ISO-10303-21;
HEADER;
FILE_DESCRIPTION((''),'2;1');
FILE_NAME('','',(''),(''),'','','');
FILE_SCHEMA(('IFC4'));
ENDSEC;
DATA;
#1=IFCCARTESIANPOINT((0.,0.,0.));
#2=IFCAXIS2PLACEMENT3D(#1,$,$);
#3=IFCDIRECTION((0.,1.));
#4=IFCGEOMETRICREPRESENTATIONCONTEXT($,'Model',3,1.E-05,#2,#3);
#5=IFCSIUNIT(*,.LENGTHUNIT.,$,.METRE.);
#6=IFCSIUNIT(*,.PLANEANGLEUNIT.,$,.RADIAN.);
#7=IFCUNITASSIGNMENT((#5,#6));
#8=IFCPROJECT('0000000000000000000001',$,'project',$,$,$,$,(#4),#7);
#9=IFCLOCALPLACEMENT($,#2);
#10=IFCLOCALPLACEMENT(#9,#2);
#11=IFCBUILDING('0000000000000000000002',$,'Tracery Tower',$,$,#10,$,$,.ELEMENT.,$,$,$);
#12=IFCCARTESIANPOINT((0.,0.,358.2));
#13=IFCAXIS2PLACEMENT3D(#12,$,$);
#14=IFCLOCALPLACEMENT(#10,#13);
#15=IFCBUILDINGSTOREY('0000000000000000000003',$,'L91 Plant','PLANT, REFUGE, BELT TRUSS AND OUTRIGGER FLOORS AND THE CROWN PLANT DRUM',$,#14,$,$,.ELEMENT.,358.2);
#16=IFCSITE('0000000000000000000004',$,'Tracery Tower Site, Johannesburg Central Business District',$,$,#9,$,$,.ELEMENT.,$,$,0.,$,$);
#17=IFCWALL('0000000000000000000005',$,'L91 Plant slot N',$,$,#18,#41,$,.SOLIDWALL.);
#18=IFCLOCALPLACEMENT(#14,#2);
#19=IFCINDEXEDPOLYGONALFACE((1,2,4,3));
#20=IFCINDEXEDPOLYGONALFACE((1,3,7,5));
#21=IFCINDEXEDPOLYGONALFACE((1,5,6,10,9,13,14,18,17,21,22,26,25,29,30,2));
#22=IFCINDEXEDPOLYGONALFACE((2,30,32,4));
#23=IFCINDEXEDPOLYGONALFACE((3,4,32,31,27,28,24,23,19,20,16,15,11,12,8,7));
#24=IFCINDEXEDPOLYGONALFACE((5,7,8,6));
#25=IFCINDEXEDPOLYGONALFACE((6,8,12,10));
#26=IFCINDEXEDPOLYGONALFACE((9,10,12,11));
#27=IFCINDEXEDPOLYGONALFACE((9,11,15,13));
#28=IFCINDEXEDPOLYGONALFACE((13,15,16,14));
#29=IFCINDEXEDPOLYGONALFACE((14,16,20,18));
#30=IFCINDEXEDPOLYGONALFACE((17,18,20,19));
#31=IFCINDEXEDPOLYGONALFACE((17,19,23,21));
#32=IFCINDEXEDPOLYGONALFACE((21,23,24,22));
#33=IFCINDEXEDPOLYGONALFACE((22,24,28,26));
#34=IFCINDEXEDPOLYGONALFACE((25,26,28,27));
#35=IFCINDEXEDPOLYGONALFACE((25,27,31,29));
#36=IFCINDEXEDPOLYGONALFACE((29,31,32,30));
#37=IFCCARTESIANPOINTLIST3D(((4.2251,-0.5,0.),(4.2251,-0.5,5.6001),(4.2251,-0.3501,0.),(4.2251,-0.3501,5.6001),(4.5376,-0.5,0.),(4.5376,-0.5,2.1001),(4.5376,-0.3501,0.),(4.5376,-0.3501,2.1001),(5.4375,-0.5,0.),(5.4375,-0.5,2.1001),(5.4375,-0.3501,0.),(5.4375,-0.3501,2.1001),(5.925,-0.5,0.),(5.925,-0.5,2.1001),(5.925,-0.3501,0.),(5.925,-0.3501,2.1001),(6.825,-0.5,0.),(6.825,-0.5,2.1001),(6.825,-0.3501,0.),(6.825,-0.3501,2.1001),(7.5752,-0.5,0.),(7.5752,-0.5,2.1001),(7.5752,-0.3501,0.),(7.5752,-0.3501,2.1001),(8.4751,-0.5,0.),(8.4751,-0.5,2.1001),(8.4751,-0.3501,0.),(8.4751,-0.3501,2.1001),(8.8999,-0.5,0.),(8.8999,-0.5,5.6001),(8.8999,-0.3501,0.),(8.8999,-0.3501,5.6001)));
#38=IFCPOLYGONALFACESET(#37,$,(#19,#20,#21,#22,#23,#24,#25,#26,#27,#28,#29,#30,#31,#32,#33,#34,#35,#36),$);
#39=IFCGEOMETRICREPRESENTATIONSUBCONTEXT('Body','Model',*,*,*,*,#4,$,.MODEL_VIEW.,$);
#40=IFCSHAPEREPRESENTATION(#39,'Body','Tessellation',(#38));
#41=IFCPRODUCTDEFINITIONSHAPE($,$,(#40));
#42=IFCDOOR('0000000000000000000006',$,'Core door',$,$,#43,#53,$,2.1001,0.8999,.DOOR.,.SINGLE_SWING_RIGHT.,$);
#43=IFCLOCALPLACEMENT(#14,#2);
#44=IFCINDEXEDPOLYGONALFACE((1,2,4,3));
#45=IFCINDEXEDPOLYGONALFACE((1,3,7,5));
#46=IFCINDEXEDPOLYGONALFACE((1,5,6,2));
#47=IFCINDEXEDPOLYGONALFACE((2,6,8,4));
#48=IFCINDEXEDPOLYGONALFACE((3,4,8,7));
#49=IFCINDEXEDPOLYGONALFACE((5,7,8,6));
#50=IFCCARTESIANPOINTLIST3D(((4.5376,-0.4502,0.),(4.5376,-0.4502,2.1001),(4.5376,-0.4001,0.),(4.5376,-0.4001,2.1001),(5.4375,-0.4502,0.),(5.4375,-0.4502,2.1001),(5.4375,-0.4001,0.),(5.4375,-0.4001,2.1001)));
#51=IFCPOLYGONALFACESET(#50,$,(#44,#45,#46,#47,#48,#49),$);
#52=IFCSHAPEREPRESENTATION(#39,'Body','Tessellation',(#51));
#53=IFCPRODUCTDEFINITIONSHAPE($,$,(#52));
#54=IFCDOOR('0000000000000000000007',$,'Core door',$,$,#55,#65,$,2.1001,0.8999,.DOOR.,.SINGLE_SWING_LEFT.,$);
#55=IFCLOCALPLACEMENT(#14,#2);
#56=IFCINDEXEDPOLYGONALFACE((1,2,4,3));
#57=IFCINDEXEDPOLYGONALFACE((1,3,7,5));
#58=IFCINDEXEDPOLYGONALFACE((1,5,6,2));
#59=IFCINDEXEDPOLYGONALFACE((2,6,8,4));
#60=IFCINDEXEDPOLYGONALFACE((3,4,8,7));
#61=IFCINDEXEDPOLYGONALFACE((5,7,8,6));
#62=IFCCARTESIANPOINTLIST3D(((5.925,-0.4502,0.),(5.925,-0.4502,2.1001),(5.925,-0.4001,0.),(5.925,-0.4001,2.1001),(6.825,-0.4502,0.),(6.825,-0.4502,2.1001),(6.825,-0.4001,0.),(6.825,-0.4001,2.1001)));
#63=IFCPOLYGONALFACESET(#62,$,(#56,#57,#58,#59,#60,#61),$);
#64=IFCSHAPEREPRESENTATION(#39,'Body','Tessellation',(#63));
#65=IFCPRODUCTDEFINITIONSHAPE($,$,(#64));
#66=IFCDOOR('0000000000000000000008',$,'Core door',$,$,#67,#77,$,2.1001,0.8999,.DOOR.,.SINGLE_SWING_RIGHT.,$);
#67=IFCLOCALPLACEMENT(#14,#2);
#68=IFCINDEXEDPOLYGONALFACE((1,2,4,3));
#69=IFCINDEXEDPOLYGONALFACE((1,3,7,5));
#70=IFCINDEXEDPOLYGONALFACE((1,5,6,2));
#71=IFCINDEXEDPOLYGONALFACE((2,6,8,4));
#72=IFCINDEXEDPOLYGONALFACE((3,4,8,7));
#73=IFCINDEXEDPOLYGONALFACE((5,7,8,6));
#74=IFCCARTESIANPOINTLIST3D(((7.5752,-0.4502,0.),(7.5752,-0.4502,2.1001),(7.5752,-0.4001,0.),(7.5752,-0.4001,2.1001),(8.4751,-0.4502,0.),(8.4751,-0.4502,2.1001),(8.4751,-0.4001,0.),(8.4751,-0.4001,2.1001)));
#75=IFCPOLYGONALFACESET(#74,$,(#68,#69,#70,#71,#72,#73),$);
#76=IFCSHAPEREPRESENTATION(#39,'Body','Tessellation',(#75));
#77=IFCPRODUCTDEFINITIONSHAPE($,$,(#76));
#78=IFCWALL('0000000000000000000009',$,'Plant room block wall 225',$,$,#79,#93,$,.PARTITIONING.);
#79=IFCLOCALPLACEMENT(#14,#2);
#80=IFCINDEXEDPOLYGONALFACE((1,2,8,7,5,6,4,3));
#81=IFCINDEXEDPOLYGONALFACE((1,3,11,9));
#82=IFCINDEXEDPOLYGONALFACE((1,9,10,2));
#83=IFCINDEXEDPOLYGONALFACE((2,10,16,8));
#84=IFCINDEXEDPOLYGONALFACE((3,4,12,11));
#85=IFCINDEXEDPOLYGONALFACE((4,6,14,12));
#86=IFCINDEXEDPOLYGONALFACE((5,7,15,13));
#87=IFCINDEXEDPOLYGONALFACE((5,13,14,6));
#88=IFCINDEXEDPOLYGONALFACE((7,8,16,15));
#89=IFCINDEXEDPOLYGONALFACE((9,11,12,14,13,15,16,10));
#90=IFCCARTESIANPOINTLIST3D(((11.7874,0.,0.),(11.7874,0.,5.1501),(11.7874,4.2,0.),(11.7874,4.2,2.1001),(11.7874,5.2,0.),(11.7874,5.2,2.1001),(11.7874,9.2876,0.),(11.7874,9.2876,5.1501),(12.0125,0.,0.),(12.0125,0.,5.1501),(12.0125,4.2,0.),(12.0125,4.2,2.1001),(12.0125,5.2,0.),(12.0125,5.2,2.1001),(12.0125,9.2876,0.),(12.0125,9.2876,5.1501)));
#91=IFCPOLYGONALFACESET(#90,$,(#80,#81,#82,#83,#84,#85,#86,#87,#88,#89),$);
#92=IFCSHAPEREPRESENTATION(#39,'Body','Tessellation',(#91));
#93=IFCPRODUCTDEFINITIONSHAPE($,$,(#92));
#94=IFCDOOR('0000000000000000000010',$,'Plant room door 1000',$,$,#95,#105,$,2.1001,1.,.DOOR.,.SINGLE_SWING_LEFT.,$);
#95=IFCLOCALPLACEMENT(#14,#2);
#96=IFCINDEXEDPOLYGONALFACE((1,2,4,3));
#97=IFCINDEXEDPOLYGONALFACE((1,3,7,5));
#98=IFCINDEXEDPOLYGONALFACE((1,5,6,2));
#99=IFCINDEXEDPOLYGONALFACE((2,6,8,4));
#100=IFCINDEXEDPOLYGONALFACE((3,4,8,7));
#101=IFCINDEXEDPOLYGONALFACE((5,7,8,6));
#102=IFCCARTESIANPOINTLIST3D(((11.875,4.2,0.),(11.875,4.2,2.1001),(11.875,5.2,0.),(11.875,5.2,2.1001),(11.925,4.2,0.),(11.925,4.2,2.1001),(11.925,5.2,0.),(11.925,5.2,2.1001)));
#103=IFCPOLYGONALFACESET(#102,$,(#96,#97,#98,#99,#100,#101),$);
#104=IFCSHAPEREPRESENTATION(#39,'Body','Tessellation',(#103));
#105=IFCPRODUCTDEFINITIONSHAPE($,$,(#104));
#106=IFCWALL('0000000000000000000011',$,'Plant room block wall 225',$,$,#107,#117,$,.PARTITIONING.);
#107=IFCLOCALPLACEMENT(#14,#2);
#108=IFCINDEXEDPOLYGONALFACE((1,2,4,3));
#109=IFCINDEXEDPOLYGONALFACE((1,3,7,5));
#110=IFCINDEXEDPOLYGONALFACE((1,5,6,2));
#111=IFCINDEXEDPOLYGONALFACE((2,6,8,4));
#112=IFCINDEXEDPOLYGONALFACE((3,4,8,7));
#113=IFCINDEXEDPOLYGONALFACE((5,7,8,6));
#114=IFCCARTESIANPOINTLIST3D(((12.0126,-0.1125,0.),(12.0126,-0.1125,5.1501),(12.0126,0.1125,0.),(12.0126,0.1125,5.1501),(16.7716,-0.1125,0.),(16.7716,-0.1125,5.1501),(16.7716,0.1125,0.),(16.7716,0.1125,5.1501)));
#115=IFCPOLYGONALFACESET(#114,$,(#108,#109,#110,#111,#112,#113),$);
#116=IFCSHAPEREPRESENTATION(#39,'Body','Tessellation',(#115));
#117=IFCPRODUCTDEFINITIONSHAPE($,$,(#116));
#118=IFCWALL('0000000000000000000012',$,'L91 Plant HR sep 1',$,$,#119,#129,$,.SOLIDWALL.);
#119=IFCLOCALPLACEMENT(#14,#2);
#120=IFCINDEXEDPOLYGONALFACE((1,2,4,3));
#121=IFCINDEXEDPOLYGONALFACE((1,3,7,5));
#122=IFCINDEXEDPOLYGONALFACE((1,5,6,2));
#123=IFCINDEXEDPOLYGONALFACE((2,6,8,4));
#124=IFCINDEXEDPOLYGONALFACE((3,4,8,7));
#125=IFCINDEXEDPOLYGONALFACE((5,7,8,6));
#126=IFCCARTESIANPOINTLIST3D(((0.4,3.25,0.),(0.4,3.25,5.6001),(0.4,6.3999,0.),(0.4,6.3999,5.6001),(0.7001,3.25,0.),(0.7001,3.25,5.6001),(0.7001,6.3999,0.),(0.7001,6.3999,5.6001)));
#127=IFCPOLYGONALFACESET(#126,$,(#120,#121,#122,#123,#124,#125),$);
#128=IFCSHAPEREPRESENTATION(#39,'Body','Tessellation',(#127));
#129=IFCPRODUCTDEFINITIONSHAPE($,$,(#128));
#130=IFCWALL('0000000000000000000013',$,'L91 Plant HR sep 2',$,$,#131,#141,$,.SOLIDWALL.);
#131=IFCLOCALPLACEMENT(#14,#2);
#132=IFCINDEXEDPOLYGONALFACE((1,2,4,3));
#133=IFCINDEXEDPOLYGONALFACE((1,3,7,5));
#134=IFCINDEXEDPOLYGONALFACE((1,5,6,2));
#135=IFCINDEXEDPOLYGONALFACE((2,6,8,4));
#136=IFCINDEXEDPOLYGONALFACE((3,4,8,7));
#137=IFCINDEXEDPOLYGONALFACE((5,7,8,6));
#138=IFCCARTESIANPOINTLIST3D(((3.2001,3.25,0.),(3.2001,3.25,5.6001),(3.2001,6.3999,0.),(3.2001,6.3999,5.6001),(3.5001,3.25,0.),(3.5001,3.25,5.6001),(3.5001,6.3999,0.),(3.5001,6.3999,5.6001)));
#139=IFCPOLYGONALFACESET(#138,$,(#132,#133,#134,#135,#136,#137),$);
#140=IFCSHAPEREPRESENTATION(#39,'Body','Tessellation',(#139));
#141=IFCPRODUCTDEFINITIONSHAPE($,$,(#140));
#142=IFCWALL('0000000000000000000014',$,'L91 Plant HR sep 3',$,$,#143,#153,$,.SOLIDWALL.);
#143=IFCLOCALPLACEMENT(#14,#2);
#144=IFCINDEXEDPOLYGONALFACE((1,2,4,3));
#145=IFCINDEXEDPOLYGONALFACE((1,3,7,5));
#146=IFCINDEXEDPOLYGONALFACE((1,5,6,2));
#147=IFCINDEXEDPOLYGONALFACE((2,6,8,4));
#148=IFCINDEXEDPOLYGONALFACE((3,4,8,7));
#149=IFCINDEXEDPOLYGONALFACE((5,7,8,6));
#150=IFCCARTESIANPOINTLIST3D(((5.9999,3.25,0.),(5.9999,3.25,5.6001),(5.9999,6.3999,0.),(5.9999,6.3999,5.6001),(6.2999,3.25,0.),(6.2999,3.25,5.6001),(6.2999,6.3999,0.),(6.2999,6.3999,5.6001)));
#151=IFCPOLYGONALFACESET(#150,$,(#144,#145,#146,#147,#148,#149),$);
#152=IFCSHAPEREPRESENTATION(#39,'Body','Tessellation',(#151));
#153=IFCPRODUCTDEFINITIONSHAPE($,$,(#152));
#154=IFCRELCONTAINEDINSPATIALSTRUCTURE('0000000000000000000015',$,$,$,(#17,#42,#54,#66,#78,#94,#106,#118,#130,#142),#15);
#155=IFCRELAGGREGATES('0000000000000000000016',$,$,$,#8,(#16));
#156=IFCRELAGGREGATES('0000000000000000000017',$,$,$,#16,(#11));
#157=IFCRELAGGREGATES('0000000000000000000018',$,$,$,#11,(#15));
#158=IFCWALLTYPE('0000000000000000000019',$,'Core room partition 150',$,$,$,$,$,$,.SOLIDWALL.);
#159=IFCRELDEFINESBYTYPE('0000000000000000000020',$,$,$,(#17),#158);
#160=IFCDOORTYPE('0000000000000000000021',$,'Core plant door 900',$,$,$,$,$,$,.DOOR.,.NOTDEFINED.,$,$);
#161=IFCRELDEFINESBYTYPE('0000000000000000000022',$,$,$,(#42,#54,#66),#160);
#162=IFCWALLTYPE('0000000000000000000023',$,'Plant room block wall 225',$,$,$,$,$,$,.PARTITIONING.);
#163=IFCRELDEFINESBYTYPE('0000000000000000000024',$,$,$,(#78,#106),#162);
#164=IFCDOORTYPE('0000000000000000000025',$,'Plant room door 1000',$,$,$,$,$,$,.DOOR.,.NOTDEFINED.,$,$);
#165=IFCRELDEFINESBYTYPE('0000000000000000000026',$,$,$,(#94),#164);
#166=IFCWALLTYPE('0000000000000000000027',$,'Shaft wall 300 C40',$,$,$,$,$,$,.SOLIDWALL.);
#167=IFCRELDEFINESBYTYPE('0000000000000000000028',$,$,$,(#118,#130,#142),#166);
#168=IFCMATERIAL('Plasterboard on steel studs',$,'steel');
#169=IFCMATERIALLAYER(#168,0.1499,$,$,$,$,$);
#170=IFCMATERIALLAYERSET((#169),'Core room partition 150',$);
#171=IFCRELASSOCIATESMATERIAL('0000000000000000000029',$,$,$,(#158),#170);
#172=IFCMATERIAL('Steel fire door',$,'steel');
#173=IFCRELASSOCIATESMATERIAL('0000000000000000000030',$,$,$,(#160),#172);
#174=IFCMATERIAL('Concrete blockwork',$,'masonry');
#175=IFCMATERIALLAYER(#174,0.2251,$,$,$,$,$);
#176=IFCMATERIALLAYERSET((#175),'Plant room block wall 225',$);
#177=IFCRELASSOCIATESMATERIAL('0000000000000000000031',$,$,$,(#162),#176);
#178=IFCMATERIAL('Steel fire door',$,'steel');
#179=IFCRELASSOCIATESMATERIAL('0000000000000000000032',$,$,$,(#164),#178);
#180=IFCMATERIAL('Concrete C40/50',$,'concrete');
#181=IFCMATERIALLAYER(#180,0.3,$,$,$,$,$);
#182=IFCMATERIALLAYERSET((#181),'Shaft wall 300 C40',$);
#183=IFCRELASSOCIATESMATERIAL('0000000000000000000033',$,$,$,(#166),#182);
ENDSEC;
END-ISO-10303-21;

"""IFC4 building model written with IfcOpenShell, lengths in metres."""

from ifc_helpers import new_model, si_unit, direction, frame, frame_2d, origin, place, context, subcontext, project, spatial, rectangle, extrude, material, layer, layer_set, type_object, element, fill, save


model = new_model("IFC4")

# Units and contexts
model_context = context("Model", 3, precision=1e-05, world=origin(), true_north=direction((0.0, 1.0)))
body_context = subcontext(model_context, "Body", "Model", "MODEL_VIEW")
ifc_project = project(units=[si_unit("LENGTHUNIT", "METRE"), si_unit("PLANEANGLEUNIT", "RADIAN")], contexts=[model_context])

# Site, building, storey
site_placement = place(None, origin())
site = spatial("IfcSite", under=ifc_project, at=site_placement, Name="Tracery Tower Site, Johannesburg Central Business District", CompositionType="ELEMENT", RefElevation=0.0)
building_placement = place(site_placement, origin())
building = spatial("IfcBuilding", under=site, at=building_placement, Name="Tracery Tower", CompositionType="ELEMENT")
storey_placement = place(building_placement, frame((0.0, 0.0, 358.2)))
storey = spatial("IfcBuildingStorey", under=building, at=storey_placement, Name="L91 Plant", Description="PLANT, REFUGE, BELT TRUSS AND OUTRIGGER FLOORS AND THE CROWN PLANT DRUM", CompositionType="ELEMENT", Elevation=358.2)

# Wall, openings, doors
ifc_material_1 = material(Name="Plasterboard on steel studs", Category="steel")
ifc_layer_1 = layer(ifc_material_1, 0.1499)
ifc_layer_set_1 = layer_set([ifc_layer_1], Name="Core room partition 150")
wall_type_1 = type_object("IfcWallType", Name="Core room partition 150", PredefinedType="SOLIDWALL", material=ifc_layer_set_1)
wall_1_placement = place(storey_placement, frame((4.2251, -0.425, 0.0), z_axis=(0.0, 0.0, 1.0), x_axis=(1.0, 0.0, 0.0)))
wall_1 = element("IfcWall", 1, at=wall_1_placement, inside=storey, type_object=wall_type_1, Name="L91 Plant slot N", PredefinedType="SOLIDWALL", context=body_context, shape_type="SweptSolid", body=[
    extrude(rectangle(XDim=4.6748, YDim=0.1499, at=frame_2d((2.3374, 0.0))), origin(), (0.0, 0.0, 1.0), 5.6001),
])
opening_1_placement = place(wall_1_placement, frame((0.3125, 0.0, 0.0)))
opening_1 = element("IfcOpeningElement", 2, at=opening_1_placement, cuts=wall_1, PredefinedType="OPENING", context=body_context, shape_type="SweptSolid", body=[
    extrude(rectangle(XDim=0.8999, YDim=2.1001, at=frame_2d((0.45, 1.05))), frame((0.0, 0.075, 0.0), z_axis=(0.0, -1.0, 0.0), x_axis=(1.0, 0.0, 0.0)), (0.0, 0.0, 1.0), 0.1499),
])
opening_2_placement = place(wall_1_placement, frame((1.7, 0.0, 0.0)))
opening_2 = element("IfcOpeningElement", 3, at=opening_2_placement, cuts=wall_1, PredefinedType="OPENING", context=body_context, shape_type="SweptSolid", body=[
    extrude(rectangle(XDim=0.8999, YDim=2.1001, at=frame_2d((0.45, 1.05))), frame((0.0, 0.075, 0.0), z_axis=(0.0, -1.0, 0.0), x_axis=(1.0, 0.0, 0.0)), (0.0, 0.0, 1.0), 0.1499),
])
opening_3_placement = place(wall_1_placement, frame((3.3501, 0.0, 0.0)))
opening_3 = element("IfcOpeningElement", 4, at=opening_3_placement, cuts=wall_1, PredefinedType="OPENING", context=body_context, shape_type="SweptSolid", body=[
    extrude(rectangle(XDim=0.8999, YDim=2.1001, at=frame_2d((0.45, 1.05))), frame((0.0, 0.075, 0.0), z_axis=(0.0, -1.0, 0.0), x_axis=(1.0, 0.0, 0.0)), (0.0, 0.0, 1.0), 0.1499),
])
ifc_material_2 = material(Name="Steel fire door", Category="steel")
door_type_1 = type_object("IfcDoorType", Name="Core plant door 900", OperationType="NOTDEFINED", PredefinedType="DOOR", material=ifc_material_2)
door_1_placement = place(opening_1_placement, origin())
door_1 = element("IfcDoor", 5, at=door_1_placement, inside=storey, type_object=door_type_1, Name="Core door", OperationType="SINGLE_SWING_RIGHT", OverallHeight=2.1001, OverallWidth=0.8999, PredefinedType="DOOR", context=body_context, shape_type="SweptSolid", body=[
    extrude(rectangle(XDim=0.8999, YDim=2.1001, at=frame_2d((0.45, 1.05))), frame((0.0, 0.0249, 0.0), z_axis=(0.0, -1.0, 0.0), x_axis=(1.0, 0.0, 0.0)), (0.0, 0.0, 1.0), 0.05),
])
fill(opening_1, door_1)
door_2_placement = place(opening_2_placement, origin())
door_2 = element("IfcDoor", 6, at=door_2_placement, inside=storey, type_object=door_type_1, Name="Core door", OperationType="SINGLE_SWING_LEFT", OverallHeight=2.1001, OverallWidth=0.8999, PredefinedType="DOOR", context=body_context, shape_type="SweptSolid", body=[
    extrude(rectangle(XDim=0.8999, YDim=2.1001, at=frame_2d((0.45, 1.05))), frame((0.0, 0.0249, 0.0), z_axis=(0.0, -1.0, 0.0), x_axis=(1.0, 0.0, 0.0)), (0.0, 0.0, 1.0), 0.05),
])
fill(opening_2, door_2)
door_3_placement = place(opening_3_placement, origin())
door_3 = element("IfcDoor", 7, at=door_3_placement, inside=storey, type_object=door_type_1, Name="Core door", OperationType="SINGLE_SWING_RIGHT", OverallHeight=2.1001, OverallWidth=0.8999, PredefinedType="DOOR", context=body_context, shape_type="SweptSolid", body=[
    extrude(rectangle(XDim=0.8999, YDim=2.1001, at=frame_2d((0.45, 1.05))), frame((0.0, 0.0249, 0.0), z_axis=(0.0, -1.0, 0.0), x_axis=(1.0, 0.0, 0.0)), (0.0, 0.0, 1.0), 0.05),
])
fill(opening_3, door_3)

# Wall, opening, door
ifc_material_3 = material(Name="Concrete blockwork", Category="masonry")
ifc_layer_2 = layer(ifc_material_3, 0.2251)
ifc_layer_set_2 = layer_set([ifc_layer_2], Name="Plant room block wall 225")
wall_type_2 = type_object("IfcWallType", Name="Plant room block wall 225", PredefinedType="PARTITIONING", material=ifc_layer_set_2)
wall_2_placement = place(storey_placement, frame((11.8999, 0.0, 0.0), z_axis=(0.0, 0.0, 1.0), x_axis=(0.0, 1.0, 0.0)))
wall_2 = element("IfcWall", 8, at=wall_2_placement, inside=storey, type_object=wall_type_2, Name="Plant room block wall 225", PredefinedType="PARTITIONING", context=body_context, shape_type="SweptSolid", body=[
    extrude(rectangle(XDim=9.2876, YDim=0.2251, at=frame_2d((4.6438, 0.0))), origin(), (0.0, 0.0, 1.0), 5.1501),
])
opening_4_placement = place(wall_2_placement, frame((4.2, 0.0, 0.0)))
opening_4 = element("IfcOpeningElement", 9, at=opening_4_placement, cuts=wall_2, PredefinedType="OPENING", context=body_context, shape_type="SweptSolid", body=[
    extrude(rectangle(XDim=1.0, YDim=2.1001, at=frame_2d((0.5, 1.05))), frame((0.0, 0.1125, 0.0), z_axis=(0.0, -1.0, 0.0), x_axis=(1.0, 0.0, 0.0)), (0.0, 0.0, 1.0), 0.2251),
])
ifc_material_4 = material(Name="Steel fire door", Category="steel")
door_type_2 = type_object("IfcDoorType", Name="Plant room door 1000", OperationType="NOTDEFINED", PredefinedType="DOOR", material=ifc_material_4)
door_4_placement = place(opening_4_placement, origin())
door_4 = element("IfcDoor", 10, at=door_4_placement, inside=storey, type_object=door_type_2, Name="Plant room door 1000", OperationType="SINGLE_SWING_LEFT", OverallHeight=2.1001, OverallWidth=1.0, PredefinedType="DOOR", context=body_context, shape_type="SweptSolid", body=[
    extrude(rectangle(XDim=1.0, YDim=2.1001, at=frame_2d((0.5, 1.05))), frame((0.0, 0.0249, 0.0), z_axis=(0.0, -1.0, 0.0), x_axis=(1.0, 0.0, 0.0)), (0.0, 0.0, 1.0), 0.05),
])
fill(opening_4, door_4)

# Walls
wall_3_placement = place(storey_placement, frame((16.7715, 0.0, 0.0), z_axis=(0.0, 0.0, 1.0), x_axis=(-1.0, 0.0, 0.0)))
element("IfcWall", 11, at=wall_3_placement, inside=storey, type_object=wall_type_2, Name="Plant room block wall 225", PredefinedType="PARTITIONING", context=body_context, shape_type="SweptSolid", body=[
    extrude(rectangle(XDim=4.759, YDim=0.2251, at=frame_2d((2.3794, 0.0))), origin(), (0.0, 0.0, 1.0), 5.1501),
])
ifc_material_5 = material(Name="Concrete C40/50", Category="concrete")
ifc_layer_3 = layer(ifc_material_5, 0.3)
ifc_layer_set_3 = layer_set([ifc_layer_3], Name="Shaft wall 300 C40")
wall_type_3 = type_object("IfcWallType", Name="Shaft wall 300 C40", PredefinedType="SOLIDWALL", material=ifc_layer_set_3)
for number, where, z_axis, x_axis, name in (
    (12, (0.55, 3.25, 0.0), (0.0, 0.0, 1.0), (0.0, 1.0, 0.0), "L91 Plant HR sep 1"),
    (13, (3.3501, 3.25, 0.0), (0.0, 0.0, 1.0), (0.0, 1.0, 0.0), "L91 Plant HR sep 2"),
    (14, (6.1499, 3.25, 0.0), (0.0, 0.0, 1.0), (0.0, 1.0, 0.0), "L91 Plant HR sep 3"),
):
    element("IfcWall", number, at=place(storey_placement, frame(where, z_axis=z_axis, x_axis=x_axis)), inside=storey, type_object=wall_type_3, Name=name, PredefinedType="SOLIDWALL", context=body_context, shape_type="SweptSolid", body=[
        extrude(rectangle(XDim=3.1499, YDim=0.3, at=frame_2d((1.575, 0.0))), origin(), (0.0, 0.0, 1.0), 5.6001),
    ])

save(model, "model.ifc")
